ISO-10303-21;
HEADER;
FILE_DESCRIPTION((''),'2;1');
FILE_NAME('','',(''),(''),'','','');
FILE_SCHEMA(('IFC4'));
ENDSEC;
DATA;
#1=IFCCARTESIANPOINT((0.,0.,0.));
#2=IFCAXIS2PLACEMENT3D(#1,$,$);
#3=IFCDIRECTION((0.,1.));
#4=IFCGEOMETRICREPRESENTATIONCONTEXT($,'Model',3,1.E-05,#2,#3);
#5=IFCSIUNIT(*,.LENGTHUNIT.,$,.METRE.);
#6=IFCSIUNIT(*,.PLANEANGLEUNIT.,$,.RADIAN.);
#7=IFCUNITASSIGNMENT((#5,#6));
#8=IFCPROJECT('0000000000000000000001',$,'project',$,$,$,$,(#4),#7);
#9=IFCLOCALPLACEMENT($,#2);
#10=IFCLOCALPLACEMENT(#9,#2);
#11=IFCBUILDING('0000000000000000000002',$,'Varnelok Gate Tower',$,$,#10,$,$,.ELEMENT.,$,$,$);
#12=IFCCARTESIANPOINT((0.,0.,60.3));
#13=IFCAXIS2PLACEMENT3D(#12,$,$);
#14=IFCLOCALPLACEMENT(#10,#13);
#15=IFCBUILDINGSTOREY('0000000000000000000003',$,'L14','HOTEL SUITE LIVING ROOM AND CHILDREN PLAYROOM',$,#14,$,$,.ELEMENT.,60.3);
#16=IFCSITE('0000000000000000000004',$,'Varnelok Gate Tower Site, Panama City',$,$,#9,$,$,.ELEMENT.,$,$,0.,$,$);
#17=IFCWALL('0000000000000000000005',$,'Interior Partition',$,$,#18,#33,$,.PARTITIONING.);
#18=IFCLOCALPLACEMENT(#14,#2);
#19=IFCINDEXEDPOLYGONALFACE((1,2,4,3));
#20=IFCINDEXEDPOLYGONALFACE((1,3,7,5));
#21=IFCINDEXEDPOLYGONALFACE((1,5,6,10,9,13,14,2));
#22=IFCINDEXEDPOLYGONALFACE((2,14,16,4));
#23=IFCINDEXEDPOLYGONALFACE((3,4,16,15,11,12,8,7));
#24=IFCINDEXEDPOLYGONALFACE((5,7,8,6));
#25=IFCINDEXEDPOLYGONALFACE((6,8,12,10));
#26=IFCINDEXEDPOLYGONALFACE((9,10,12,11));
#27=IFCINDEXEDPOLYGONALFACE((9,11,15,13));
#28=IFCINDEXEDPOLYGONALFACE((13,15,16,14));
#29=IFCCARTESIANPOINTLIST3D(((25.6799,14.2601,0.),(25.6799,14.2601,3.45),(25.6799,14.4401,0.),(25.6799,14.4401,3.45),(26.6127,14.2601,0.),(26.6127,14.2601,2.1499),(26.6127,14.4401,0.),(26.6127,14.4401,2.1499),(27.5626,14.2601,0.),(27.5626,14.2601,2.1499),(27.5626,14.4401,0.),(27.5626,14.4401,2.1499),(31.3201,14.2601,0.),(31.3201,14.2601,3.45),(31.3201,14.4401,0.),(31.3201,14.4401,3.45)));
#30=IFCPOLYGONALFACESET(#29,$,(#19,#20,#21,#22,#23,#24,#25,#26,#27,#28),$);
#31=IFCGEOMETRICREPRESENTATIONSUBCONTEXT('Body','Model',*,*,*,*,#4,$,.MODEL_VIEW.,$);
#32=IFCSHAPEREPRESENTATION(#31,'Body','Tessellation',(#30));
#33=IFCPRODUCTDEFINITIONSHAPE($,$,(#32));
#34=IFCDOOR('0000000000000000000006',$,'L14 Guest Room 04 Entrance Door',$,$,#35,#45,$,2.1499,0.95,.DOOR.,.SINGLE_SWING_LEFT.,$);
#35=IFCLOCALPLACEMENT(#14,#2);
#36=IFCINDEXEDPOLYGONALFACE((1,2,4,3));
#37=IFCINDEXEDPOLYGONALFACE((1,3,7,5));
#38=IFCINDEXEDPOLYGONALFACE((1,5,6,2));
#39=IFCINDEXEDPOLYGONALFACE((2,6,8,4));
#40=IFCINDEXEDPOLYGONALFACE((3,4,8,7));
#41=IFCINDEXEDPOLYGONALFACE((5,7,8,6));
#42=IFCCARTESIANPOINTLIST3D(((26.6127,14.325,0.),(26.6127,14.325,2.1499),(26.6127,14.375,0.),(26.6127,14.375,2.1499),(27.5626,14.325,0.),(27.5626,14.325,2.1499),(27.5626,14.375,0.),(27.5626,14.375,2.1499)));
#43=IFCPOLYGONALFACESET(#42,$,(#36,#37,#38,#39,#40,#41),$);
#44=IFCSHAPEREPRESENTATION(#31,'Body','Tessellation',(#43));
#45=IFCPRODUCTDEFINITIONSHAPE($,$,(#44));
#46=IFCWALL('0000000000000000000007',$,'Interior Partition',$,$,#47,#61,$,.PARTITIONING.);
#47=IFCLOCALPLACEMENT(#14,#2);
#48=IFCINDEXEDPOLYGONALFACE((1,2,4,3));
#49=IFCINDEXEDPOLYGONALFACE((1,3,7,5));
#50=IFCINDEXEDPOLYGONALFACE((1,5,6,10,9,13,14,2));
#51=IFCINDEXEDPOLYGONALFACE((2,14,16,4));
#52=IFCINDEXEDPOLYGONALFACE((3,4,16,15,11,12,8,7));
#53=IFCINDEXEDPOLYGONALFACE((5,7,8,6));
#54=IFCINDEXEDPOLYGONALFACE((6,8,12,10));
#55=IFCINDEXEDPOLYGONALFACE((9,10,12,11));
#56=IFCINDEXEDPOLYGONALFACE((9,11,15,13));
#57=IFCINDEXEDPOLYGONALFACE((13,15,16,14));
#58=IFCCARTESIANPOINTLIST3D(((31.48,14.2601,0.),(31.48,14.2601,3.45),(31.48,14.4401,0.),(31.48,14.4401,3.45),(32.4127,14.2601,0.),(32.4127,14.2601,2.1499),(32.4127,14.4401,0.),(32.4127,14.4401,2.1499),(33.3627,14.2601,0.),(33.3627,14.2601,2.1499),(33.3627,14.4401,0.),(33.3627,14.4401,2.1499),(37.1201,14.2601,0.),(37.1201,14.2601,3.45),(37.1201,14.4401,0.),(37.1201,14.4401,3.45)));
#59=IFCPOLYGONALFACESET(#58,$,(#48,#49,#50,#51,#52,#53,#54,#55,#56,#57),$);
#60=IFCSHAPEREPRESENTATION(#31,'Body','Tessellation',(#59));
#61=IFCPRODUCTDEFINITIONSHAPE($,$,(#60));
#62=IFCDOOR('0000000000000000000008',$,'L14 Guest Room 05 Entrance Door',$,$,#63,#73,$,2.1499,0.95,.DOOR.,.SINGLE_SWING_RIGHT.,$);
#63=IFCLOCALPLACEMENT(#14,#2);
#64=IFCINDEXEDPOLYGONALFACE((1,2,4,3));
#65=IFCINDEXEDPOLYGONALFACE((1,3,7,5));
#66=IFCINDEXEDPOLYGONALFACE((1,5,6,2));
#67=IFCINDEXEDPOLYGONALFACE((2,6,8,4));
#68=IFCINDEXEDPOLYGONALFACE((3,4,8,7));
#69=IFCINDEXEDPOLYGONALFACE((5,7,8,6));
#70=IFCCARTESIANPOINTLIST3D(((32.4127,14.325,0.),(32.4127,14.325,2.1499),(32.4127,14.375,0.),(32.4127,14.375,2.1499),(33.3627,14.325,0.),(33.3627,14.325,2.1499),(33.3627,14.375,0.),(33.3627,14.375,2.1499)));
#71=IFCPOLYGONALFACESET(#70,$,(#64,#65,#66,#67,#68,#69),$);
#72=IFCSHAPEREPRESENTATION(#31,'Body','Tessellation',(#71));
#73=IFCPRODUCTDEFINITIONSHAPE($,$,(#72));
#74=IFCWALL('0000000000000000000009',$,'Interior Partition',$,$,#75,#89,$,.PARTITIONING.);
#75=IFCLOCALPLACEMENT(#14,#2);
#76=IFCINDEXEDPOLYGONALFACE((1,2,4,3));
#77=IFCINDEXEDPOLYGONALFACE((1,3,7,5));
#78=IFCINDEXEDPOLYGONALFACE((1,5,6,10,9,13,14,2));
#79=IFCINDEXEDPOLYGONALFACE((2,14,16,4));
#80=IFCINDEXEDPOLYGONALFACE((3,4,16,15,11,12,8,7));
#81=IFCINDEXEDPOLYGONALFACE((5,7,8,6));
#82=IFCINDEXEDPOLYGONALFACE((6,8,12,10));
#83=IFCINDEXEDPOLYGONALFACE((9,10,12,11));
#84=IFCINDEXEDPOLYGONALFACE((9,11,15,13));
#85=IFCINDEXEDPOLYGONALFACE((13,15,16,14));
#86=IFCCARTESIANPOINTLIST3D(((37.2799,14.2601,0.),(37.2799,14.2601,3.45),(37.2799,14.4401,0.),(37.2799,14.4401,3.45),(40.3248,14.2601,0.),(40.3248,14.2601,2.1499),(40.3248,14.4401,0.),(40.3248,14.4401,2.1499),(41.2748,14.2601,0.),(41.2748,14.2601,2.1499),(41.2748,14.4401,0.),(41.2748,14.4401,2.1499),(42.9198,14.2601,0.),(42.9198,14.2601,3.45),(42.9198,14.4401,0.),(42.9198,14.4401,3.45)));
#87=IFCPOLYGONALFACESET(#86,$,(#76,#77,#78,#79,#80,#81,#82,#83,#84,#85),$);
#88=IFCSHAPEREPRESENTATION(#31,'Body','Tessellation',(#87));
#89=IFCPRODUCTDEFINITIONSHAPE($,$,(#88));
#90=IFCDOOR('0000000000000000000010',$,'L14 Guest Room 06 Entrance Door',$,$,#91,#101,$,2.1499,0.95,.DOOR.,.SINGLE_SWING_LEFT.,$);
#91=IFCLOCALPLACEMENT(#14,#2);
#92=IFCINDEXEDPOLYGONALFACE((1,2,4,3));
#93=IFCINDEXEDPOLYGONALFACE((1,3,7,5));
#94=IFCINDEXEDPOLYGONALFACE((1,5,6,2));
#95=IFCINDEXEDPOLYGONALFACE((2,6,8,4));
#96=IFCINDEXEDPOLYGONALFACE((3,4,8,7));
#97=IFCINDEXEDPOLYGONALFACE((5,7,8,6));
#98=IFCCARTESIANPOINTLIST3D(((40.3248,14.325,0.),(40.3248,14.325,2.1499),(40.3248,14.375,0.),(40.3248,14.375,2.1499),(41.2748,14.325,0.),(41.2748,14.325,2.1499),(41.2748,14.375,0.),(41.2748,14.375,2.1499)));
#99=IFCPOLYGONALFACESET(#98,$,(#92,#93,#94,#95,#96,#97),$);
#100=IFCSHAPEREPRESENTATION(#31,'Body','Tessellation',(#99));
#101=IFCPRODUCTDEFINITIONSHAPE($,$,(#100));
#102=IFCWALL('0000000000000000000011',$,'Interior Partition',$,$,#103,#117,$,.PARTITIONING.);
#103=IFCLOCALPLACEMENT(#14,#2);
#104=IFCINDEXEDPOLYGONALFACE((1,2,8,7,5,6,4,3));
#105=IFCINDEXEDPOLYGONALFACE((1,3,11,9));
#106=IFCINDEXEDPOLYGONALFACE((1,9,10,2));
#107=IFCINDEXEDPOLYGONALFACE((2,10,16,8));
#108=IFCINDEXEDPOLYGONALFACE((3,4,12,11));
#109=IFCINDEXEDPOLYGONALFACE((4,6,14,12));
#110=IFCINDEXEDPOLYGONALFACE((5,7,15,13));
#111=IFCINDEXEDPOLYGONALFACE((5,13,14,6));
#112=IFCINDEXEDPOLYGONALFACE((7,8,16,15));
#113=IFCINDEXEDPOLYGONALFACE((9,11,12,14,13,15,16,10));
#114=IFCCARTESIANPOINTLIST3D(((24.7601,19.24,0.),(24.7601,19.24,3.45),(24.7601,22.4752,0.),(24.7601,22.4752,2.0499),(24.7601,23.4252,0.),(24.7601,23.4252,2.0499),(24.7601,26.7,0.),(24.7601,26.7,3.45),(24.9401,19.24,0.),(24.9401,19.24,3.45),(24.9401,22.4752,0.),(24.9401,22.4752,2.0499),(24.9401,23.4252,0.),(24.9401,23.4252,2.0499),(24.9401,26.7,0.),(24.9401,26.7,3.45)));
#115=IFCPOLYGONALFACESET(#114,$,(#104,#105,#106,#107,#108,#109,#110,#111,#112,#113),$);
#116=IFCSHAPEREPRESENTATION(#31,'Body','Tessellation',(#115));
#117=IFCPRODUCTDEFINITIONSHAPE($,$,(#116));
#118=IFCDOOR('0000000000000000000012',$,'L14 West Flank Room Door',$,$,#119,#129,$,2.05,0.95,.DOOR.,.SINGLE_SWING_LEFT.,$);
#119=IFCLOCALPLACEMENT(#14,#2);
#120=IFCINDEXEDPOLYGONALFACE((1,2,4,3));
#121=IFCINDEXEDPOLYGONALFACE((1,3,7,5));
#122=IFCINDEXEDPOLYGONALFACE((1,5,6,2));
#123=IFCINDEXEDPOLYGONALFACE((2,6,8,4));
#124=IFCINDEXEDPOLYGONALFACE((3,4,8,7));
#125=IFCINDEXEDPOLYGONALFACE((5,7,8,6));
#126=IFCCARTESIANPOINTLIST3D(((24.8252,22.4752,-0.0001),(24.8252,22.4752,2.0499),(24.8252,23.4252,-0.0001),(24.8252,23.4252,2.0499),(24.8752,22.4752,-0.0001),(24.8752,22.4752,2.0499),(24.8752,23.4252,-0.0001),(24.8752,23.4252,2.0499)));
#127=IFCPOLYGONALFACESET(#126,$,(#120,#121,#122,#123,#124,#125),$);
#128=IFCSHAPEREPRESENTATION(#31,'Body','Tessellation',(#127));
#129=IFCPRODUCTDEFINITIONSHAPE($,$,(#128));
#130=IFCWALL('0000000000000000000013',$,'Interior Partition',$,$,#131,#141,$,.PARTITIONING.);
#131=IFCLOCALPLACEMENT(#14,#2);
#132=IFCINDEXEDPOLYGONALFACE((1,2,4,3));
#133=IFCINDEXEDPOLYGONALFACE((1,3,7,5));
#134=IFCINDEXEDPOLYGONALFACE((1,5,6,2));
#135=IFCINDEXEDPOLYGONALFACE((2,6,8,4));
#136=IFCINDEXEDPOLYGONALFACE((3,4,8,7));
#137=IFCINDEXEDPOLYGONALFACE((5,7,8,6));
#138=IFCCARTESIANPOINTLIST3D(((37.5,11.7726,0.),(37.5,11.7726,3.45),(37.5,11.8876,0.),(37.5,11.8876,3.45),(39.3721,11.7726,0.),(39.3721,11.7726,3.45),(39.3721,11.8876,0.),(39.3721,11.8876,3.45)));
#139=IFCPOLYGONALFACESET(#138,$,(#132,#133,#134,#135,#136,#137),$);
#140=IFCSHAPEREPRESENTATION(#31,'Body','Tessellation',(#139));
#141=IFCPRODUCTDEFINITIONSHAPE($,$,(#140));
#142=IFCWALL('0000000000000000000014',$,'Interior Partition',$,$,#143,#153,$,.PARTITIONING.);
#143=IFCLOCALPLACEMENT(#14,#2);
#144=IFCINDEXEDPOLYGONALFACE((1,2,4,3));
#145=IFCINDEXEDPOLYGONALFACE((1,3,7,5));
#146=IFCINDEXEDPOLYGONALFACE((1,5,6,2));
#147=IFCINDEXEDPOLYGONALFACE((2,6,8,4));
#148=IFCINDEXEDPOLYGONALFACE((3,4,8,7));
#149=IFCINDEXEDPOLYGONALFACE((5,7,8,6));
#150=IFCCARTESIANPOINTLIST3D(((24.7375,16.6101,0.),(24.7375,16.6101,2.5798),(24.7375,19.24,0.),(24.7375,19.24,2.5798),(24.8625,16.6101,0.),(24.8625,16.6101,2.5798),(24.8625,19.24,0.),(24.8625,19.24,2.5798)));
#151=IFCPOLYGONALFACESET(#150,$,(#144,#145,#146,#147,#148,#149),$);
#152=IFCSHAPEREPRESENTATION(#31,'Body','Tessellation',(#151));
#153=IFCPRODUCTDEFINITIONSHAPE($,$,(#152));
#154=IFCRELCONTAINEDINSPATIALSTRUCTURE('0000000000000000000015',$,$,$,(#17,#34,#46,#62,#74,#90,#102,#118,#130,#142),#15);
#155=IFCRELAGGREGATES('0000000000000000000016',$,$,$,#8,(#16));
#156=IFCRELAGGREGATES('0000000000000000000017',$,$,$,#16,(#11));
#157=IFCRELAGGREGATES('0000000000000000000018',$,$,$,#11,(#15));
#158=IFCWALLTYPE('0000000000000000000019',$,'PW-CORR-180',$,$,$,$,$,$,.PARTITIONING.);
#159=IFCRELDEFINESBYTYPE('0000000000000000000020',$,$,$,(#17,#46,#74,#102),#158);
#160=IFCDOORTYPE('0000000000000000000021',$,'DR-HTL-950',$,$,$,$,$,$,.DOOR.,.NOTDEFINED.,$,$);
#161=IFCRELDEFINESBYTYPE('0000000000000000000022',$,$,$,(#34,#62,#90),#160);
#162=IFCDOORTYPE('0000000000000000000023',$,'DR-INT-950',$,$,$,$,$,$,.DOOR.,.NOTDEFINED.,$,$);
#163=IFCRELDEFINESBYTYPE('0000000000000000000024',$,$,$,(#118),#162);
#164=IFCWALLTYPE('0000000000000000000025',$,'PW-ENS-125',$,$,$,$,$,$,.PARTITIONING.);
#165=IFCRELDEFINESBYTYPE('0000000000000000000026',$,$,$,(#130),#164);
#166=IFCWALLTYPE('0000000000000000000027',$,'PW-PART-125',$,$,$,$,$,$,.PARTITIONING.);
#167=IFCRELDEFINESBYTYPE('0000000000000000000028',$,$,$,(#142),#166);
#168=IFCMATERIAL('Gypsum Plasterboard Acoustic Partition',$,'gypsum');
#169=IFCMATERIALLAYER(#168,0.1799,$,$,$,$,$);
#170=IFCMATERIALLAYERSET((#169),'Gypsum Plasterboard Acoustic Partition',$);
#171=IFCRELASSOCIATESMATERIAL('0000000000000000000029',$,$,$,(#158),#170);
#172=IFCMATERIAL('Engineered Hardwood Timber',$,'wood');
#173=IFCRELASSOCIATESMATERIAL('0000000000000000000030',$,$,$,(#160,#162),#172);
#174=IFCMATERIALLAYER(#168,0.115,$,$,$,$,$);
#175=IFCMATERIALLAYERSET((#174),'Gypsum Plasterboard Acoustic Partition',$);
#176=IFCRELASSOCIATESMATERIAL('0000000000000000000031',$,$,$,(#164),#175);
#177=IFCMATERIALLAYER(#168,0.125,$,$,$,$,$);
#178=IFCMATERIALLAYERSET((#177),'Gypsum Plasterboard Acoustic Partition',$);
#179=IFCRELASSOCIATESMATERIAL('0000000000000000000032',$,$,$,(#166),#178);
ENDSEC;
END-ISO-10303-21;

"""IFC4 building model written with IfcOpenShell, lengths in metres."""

from ifc_helpers import new_model, si_unit, direction, frame, frame_2d, origin, place, context, subcontext, project, spatial, rectangle, extrude, material, layer, layer_set, type_object, element, fill, save


model = new_model("IFC4")

# Units and contexts
model_context = context("Model", 3, precision=1e-05, world=origin(), true_north=direction((0.0, 1.0)))
body_context = subcontext(model_context, "Body", "Model", "MODEL_VIEW")
ifc_project = project(units=[si_unit("LENGTHUNIT", "METRE"), si_unit("PLANEANGLEUNIT", "RADIAN")], contexts=[model_context])

# Site, building, storey
site_placement = place(None, origin())
site = spatial("IfcSite", under=ifc_project, at=site_placement, Name="Varnelok Gate Tower Site, Panama City", CompositionType="ELEMENT", RefElevation=0.0)
building_placement = place(site_placement, origin())
building = spatial("IfcBuilding", under=site, at=building_placement, Name="Varnelok Gate Tower", CompositionType="ELEMENT")
storey_placement = place(building_placement, frame((0.0, 0.0, 60.3)))
storey = spatial("IfcBuildingStorey", under=building, at=storey_placement, Name="L14", Description="HOTEL SUITE LIVING ROOM AND CHILDREN PLAYROOM", CompositionType="ELEMENT", Elevation=60.3)

# Walls, openings, doors
ifc_material_1 = material(Name="Gypsum Plasterboard Acoustic Partition", Category="gypsum")
ifc_layer_1 = layer(ifc_material_1, 0.1799)
ifc_layer_set_1 = layer_set([ifc_layer_1], Name="Gypsum Plasterboard Acoustic Partition")
wall_type_1 = type_object("IfcWallType", Name="PW-CORR-180", PredefinedType="PARTITIONING", material=ifc_layer_set_1)
wall_1_placement = place(storey_placement, frame((25.6799, 14.3501, 0.0), z_axis=(0.0, 0.0, 1.0), x_axis=(1.0, 0.0, 0.0)))
wall_1 = element("IfcWall", 1, at=wall_1_placement, inside=storey, type_object=wall_type_1, Name="Interior Partition", PredefinedType="PARTITIONING", context=body_context, shape_type="SweptSolid", body=[
    extrude(rectangle(XDim=5.6401, YDim=0.1799, at=frame_2d((2.8201, 0.0))), origin(), (0.0, 0.0, 1.0), 3.45),
])
opening_1_placement = place(wall_1_placement, frame((0.9326, 0.0, 0.0)))
opening_1 = element("IfcOpeningElement", 2, at=opening_1_placement, cuts=wall_1, PredefinedType="OPENING", context=body_context, shape_type="SweptSolid", body=[
    extrude(rectangle(XDim=0.95, YDim=2.1499, at=frame_2d((0.4751, 1.075))), frame((0.0, 0.0999, 0.0), z_axis=(0.0, -1.0, 0.0), x_axis=(1.0, 0.0, 0.0)), (0.0, 0.0, 1.0), 0.2),
])
ifc_material_2 = material(Name="Engineered Hardwood Timber", Category="wood")
door_type_1 = type_object("IfcDoorType", Name="DR-HTL-950", OperationType="NOTDEFINED", PredefinedType="DOOR", material=ifc_material_2)
door_1_placement = place(opening_1_placement, origin())
door_1 = element("IfcDoor", 3, at=door_1_placement, inside=storey, type_object=door_type_1, Name="L14 Guest Room 04 Entrance Door", OperationType="SINGLE_SWING_LEFT", OverallHeight=2.1499, OverallWidth=0.95, PredefinedType="DOOR", context=body_context, shape_type="SweptSolid", body=[
    extrude(rectangle(XDim=0.95, YDim=2.1499, at=frame_2d((0.4751, 1.075))), frame((0.0, 0.0249, 0.0), z_axis=(0.0, -1.0, 0.0), x_axis=(1.0, 0.0, 0.0)), (0.0, 0.0, 1.0), 0.05),
])
fill(opening_1, door_1)
wall_2_placement = place(storey_placement, frame((31.48, 14.3501, 0.0), z_axis=(0.0, 0.0, 1.0), x_axis=(1.0, 0.0, 0.0)))
wall_2 = element("IfcWall", 4, at=wall_2_placement, inside=storey, type_object=wall_type_1, Name="Interior Partition", PredefinedType="PARTITIONING", context=body_context, shape_type="SweptSolid", body=[
    extrude(rectangle(XDim=5.6401, YDim=0.1799, at=frame_2d((2.8201, 0.0))), origin(), (0.0, 0.0, 1.0), 3.45),
])
opening_2_placement = place(wall_2_placement, frame((0.9326, 0.0, 0.0)))
opening_2 = element("IfcOpeningElement", 5, at=opening_2_placement, cuts=wall_2, PredefinedType="OPENING", context=body_context, shape_type="SweptSolid", body=[
    extrude(rectangle(XDim=0.95, YDim=2.1499, at=frame_2d((0.4751, 1.075))), frame((0.0, 0.0999, 0.0), z_axis=(0.0, -1.0, 0.0), x_axis=(1.0, 0.0, 0.0)), (0.0, 0.0, 1.0), 0.2),
])
door_2_placement = place(opening_2_placement, origin())
door_2 = element("IfcDoor", 6, at=door_2_placement, inside=storey, type_object=door_type_1, Name="L14 Guest Room 05 Entrance Door", OperationType="SINGLE_SWING_RIGHT", OverallHeight=2.1499, OverallWidth=0.95, PredefinedType="DOOR", context=body_context, shape_type="SweptSolid", body=[
    extrude(rectangle(XDim=0.95, YDim=2.1499, at=frame_2d((0.4751, 1.075))), frame((0.0, 0.0249, 0.0), z_axis=(0.0, -1.0, 0.0), x_axis=(1.0, 0.0, 0.0)), (0.0, 0.0, 1.0), 0.05),
])
fill(opening_2, door_2)
wall_3_placement = place(storey_placement, frame((37.28, 14.3501, 0.0), z_axis=(0.0, 0.0, 1.0), x_axis=(1.0, 0.0, 0.0)))
wall_3 = element("IfcWall", 7, at=wall_3_placement, inside=storey, type_object=wall_type_1, Name="Interior Partition", PredefinedType="PARTITIONING", context=body_context, shape_type="SweptSolid", body=[
    extrude(rectangle(XDim=5.6399, YDim=0.1799, at=frame_2d((2.8198, 0.0))), origin(), (0.0, 0.0, 1.0), 3.45),
])
opening_3_placement = place(wall_3_placement, frame((3.0447, 0.0, 0.0)))
opening_3 = element("IfcOpeningElement", 8, at=opening_3_placement, cuts=wall_3, PredefinedType="OPENING", context=body_context, shape_type="SweptSolid", body=[
    extrude(rectangle(XDim=0.95, YDim=2.1499, at=frame_2d((0.4751, 1.075))), frame((0.0, 0.0999, 0.0), z_axis=(0.0, -1.0, 0.0), x_axis=(1.0, 0.0, 0.0)), (0.0, 0.0, 1.0), 0.2),
])
door_3_placement = place(opening_3_placement, origin())
door_3 = element("IfcDoor", 9, at=door_3_placement, inside=storey, type_object=door_type_1, Name="L14 Guest Room 06 Entrance Door", OperationType="SINGLE_SWING_LEFT", OverallHeight=2.1499, OverallWidth=0.95, PredefinedType="DOOR", context=body_context, shape_type="SweptSolid", body=[
    extrude(rectangle(XDim=0.95, YDim=2.1499, at=frame_2d((0.4751, 1.075))), frame((0.0, 0.0249, 0.0), z_axis=(0.0, -1.0, 0.0), x_axis=(1.0, 0.0, 0.0)), (0.0, 0.0, 1.0), 0.05),
])
fill(opening_3, door_3)
wall_4_placement = place(storey_placement, frame((24.8501, 19.24, 0.0), z_axis=(0.0, 0.0, 1.0), x_axis=(0.0, 1.0, 0.0)))
wall_4 = element("IfcWall", 10, at=wall_4_placement, inside=storey, type_object=wall_type_1, Name="Interior Partition", PredefinedType="PARTITIONING", context=body_context, shape_type="SweptSolid", body=[
    extrude(rectangle(XDim=7.46, YDim=0.1799, at=frame_2d((3.73, 0.0))), origin(), (0.0, 0.0, 1.0), 3.45),
])
opening_4_placement = place(wall_4_placement, frame((3.2351, 0.0, 0.0)))
opening_4 = element("IfcOpeningElement", 11, at=opening_4_placement, cuts=wall_4, PredefinedType="OPENING", context=body_context, shape_type="SweptSolid", body=[
    extrude(rectangle(XDim=0.95, YDim=2.05, at=frame_2d((0.4751, 1.0249))), frame((0.0, 0.0999, 0.0), z_axis=(0.0, -1.0, 0.0), x_axis=(1.0, 0.0, 0.0)), (0.0, 0.0, 1.0), 0.2),
])
door_type_2 = type_object("IfcDoorType", Name="DR-INT-950", OperationType="NOTDEFINED", PredefinedType="DOOR", material=ifc_material_2)
door_4_placement = place(opening_4_placement, origin())
door_4 = element("IfcDoor", 12, at=door_4_placement, inside=storey, type_object=door_type_2, Name="L14 West Flank Room Door", OperationType="SINGLE_SWING_LEFT", OverallHeight=2.05, OverallWidth=0.95, PredefinedType="DOOR", context=body_context, shape_type="SweptSolid", body=[
    extrude(rectangle(XDim=0.95, YDim=2.05, at=frame_2d((0.4751, 1.0249))), frame((0.0, 0.0249, 0.0), z_axis=(0.0, -1.0, 0.0), x_axis=(1.0, 0.0, 0.0)), (0.0, 0.0, 1.0), 0.05),
])
fill(opening_4, door_4)

# Walls
ifc_layer_2 = layer(ifc_material_1, 0.115)
ifc_layer_set_2 = layer_set([ifc_layer_2], Name="Gypsum Plasterboard Acoustic Partition")
wall_type_2 = type_object("IfcWallType", Name="PW-ENS-125", PredefinedType="PARTITIONING", material=ifc_layer_set_2)
wall_5_placement = place(storey_placement, frame((37.5, 11.8301, 0.0), z_axis=(0.0, 0.0, 1.0), x_axis=(1.0, 0.0, 0.0)))
element("IfcWall", 13, at=wall_5_placement, inside=storey, type_object=wall_type_2, Name="Interior Partition", PredefinedType="PARTITIONING", context=body_context, shape_type="SweptSolid", body=[
    extrude(rectangle(XDim=1.8721, YDim=0.115, at=frame_2d((0.936, 0.0))), origin(), (0.0, 0.0, 1.0), 3.45),
])
ifc_layer_3 = layer(ifc_material_1, 0.125)
ifc_layer_set_3 = layer_set([ifc_layer_3], Name="Gypsum Plasterboard Acoustic Partition")
wall_type_3 = type_object("IfcWallType", Name="PW-PART-125", PredefinedType="PARTITIONING", material=ifc_layer_set_3)
wall_6_placement = place(storey_placement, frame((24.8, 16.6101, 0.0), z_axis=(0.0, 0.0, 1.0), x_axis=(0.0, 1.0, 0.0)))
element("IfcWall", 14, at=wall_6_placement, inside=storey, type_object=wall_type_3, Name="Interior Partition", PredefinedType="PARTITIONING", context=body_context, shape_type="SweptSolid", body=[
    extrude(rectangle(XDim=2.6299, YDim=0.125, at=frame_2d((1.3149, 0.0))), origin(), (0.0, 0.0, 1.0), 2.5798),
])

save(model, "model.ifc")
